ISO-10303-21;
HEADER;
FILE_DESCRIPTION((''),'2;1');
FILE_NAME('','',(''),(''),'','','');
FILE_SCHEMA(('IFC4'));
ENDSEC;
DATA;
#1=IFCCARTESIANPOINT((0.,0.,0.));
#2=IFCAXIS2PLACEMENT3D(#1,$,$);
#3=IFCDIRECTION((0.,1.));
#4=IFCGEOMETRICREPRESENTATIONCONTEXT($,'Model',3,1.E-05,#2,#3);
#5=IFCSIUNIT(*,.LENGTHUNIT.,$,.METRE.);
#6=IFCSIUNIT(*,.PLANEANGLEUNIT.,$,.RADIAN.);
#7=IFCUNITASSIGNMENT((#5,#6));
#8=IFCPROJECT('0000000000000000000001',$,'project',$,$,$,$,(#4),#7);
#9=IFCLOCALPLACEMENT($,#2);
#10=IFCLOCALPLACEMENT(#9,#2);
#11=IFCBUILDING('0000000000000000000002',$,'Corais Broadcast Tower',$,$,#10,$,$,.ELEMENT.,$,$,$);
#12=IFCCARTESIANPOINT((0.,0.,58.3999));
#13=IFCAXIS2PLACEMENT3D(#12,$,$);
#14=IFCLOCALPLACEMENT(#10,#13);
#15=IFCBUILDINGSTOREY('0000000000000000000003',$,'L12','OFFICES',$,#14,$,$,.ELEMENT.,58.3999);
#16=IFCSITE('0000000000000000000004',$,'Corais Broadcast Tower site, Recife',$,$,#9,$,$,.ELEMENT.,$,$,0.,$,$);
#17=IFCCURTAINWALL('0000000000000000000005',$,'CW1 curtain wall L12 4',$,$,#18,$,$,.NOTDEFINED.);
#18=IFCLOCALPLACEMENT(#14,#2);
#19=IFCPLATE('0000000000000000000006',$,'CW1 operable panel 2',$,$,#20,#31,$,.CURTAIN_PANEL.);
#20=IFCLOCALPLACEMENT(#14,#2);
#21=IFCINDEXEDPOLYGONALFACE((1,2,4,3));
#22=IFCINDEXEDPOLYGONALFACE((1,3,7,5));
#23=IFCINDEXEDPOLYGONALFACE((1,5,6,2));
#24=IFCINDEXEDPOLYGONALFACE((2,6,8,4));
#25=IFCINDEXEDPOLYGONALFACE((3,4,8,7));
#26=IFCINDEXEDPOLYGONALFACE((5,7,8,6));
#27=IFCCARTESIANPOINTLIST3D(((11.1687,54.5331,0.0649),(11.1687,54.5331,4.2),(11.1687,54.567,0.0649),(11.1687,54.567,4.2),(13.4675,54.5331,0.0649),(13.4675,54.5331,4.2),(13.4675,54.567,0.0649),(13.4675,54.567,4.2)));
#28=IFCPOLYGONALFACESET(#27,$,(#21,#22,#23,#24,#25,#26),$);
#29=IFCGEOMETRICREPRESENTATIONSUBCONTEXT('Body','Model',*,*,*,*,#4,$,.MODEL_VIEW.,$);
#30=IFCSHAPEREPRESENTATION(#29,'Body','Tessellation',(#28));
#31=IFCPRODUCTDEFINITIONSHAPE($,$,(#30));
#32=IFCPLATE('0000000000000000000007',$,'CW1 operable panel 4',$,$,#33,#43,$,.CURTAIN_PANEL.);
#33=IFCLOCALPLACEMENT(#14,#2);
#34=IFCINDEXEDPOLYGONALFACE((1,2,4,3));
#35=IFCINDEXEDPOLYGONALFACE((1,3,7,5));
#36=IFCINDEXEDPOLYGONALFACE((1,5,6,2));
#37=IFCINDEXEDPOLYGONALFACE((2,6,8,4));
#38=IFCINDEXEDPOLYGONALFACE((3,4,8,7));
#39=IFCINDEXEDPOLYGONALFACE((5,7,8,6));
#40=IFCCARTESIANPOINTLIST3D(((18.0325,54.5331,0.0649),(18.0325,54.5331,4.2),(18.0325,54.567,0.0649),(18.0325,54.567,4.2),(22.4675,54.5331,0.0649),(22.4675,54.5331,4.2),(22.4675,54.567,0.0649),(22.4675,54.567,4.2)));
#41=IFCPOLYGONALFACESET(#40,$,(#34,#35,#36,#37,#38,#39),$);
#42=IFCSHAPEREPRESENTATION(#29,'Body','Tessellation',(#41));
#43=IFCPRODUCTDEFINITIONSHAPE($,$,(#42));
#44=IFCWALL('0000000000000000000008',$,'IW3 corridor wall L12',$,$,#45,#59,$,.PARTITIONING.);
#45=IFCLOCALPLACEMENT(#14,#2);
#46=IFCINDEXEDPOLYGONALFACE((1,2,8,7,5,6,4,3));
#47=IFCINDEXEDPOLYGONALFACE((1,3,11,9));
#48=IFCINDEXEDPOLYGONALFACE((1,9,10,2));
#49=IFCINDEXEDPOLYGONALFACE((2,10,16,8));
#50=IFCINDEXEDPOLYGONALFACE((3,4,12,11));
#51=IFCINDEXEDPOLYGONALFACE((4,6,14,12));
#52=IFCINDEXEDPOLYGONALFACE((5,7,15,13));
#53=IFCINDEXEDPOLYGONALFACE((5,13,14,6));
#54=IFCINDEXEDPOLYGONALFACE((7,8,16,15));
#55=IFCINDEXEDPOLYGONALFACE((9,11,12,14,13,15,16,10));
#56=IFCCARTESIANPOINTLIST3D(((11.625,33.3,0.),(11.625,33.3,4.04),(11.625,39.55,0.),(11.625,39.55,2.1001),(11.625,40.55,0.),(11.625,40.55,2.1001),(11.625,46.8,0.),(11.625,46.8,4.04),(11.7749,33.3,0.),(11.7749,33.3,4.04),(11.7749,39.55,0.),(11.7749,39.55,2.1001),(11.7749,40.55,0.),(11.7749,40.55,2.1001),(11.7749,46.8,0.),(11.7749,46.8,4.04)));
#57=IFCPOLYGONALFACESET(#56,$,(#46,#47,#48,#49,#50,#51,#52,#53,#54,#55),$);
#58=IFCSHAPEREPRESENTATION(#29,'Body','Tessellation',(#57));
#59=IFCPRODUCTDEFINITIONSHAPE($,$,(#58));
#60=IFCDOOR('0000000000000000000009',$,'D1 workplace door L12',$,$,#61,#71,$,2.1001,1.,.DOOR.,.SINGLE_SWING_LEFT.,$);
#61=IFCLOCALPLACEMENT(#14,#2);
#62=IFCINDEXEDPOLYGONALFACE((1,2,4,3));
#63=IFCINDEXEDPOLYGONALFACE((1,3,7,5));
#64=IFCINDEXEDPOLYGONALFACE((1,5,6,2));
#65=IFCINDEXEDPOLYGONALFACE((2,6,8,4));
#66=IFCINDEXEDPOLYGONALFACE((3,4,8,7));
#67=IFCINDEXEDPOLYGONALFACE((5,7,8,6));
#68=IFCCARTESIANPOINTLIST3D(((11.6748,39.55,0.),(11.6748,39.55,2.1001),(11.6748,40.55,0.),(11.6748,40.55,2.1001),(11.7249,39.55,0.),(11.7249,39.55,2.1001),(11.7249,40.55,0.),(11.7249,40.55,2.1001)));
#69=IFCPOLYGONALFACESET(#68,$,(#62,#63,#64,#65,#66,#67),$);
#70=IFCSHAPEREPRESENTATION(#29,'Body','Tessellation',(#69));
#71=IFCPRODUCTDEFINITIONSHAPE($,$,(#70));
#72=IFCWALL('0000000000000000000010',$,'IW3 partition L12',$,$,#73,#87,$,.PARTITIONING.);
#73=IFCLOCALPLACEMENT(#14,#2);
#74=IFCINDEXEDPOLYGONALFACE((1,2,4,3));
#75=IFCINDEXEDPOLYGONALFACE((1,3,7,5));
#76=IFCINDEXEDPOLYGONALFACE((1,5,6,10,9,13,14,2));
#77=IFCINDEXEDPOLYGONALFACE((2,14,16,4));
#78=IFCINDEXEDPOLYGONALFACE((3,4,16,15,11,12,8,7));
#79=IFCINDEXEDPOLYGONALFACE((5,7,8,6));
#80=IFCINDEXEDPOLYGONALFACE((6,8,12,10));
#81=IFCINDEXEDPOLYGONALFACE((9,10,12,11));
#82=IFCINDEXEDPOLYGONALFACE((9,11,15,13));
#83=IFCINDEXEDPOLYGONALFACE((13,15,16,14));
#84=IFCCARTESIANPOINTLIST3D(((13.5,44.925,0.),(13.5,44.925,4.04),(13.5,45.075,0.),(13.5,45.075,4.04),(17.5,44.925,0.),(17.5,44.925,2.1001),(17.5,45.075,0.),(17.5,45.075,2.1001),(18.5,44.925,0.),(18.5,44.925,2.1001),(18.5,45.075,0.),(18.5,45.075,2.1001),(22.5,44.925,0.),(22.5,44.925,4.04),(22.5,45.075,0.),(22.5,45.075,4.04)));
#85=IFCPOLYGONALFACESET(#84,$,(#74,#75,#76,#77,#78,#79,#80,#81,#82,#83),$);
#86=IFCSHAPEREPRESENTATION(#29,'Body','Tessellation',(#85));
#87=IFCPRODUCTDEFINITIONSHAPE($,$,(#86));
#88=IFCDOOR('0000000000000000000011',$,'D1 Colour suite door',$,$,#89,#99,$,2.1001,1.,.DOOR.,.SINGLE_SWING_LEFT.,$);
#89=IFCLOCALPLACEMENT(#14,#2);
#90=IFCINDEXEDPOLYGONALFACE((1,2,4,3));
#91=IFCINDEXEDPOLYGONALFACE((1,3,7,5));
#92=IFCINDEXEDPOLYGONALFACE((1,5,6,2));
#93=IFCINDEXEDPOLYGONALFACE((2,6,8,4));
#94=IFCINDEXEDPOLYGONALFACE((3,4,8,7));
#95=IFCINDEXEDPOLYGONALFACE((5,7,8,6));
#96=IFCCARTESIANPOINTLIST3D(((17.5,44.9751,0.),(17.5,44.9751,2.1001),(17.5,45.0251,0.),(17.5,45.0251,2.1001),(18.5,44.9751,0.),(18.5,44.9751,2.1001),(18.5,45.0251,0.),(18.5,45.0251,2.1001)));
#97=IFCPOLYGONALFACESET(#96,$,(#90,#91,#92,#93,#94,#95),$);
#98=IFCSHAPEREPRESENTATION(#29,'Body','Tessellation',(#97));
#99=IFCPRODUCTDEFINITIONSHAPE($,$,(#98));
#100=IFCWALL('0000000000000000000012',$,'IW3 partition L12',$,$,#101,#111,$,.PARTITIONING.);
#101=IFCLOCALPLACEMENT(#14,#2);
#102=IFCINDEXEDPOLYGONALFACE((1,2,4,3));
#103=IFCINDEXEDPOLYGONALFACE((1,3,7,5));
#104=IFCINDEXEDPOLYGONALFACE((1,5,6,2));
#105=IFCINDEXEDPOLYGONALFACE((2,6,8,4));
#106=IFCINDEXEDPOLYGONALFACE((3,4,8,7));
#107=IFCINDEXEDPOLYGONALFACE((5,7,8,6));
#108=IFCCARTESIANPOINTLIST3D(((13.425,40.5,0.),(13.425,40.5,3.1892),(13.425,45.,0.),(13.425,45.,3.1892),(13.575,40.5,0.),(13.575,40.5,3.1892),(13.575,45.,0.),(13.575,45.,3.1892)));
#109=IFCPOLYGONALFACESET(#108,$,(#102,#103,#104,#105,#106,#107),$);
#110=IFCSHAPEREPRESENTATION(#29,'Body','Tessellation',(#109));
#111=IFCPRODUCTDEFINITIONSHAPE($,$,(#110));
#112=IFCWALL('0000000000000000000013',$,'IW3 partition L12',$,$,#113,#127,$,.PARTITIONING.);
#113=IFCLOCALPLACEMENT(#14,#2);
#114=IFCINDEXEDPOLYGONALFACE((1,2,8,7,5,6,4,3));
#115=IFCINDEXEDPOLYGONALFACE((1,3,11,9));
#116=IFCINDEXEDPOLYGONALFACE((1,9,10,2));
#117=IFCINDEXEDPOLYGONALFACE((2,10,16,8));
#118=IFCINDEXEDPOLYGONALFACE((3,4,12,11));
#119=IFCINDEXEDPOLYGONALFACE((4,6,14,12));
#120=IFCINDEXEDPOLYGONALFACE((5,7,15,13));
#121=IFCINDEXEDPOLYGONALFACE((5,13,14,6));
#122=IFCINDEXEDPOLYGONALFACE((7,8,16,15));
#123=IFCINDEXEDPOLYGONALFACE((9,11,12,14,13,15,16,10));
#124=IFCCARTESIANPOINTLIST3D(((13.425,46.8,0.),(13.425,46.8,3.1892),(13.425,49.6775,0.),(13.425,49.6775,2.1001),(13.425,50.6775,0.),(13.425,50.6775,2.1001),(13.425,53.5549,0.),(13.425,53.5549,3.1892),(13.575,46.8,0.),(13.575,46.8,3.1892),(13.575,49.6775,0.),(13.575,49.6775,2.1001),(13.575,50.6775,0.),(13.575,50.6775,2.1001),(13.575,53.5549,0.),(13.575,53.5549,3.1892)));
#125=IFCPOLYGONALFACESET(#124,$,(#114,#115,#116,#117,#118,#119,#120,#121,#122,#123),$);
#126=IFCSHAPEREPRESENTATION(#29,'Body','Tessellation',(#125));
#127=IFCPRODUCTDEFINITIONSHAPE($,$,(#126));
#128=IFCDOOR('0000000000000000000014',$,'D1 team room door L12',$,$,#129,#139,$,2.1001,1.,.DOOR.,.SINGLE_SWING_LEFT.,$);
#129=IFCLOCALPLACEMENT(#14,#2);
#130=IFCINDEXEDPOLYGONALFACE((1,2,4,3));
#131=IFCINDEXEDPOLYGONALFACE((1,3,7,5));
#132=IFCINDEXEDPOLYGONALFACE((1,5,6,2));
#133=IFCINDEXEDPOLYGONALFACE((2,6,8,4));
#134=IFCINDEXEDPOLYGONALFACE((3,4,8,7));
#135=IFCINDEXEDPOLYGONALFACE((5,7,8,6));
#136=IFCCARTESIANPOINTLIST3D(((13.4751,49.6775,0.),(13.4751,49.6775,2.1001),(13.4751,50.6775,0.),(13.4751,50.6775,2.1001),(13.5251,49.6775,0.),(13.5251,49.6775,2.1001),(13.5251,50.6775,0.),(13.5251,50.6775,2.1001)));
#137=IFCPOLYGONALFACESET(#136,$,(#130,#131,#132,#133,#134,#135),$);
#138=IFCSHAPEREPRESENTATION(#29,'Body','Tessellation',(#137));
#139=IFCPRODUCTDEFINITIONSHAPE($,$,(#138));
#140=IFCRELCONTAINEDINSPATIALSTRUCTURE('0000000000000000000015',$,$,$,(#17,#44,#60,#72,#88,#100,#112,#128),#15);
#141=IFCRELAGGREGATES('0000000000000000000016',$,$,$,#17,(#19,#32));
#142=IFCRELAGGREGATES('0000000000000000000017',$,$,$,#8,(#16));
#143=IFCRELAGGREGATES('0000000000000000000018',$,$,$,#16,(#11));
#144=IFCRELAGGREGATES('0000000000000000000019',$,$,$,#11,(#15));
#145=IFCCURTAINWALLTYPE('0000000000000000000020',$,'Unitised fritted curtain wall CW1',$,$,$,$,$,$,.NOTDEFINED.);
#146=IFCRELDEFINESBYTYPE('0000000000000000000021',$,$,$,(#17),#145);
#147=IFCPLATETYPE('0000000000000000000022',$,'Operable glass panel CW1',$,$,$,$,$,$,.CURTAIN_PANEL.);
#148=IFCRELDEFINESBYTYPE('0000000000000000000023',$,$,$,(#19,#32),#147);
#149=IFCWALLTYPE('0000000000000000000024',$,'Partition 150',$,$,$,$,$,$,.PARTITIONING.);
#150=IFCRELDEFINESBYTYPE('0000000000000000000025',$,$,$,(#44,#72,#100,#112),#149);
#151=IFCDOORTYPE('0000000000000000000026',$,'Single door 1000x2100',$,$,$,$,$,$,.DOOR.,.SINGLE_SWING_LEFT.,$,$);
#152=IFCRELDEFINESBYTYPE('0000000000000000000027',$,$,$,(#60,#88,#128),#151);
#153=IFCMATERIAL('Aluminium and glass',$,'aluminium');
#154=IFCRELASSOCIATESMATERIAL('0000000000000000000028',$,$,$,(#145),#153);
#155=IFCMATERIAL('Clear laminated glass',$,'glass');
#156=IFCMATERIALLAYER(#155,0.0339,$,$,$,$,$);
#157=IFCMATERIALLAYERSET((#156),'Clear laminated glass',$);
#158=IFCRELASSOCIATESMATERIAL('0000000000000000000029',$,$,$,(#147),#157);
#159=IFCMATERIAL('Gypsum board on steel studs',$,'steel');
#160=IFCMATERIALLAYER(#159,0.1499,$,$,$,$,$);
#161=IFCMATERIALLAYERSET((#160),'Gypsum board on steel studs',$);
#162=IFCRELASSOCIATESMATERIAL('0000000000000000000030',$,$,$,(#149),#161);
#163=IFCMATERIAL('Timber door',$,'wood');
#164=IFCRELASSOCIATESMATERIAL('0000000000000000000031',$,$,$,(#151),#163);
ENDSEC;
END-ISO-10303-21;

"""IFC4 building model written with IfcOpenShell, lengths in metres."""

from ifc_helpers import new_model, si_unit, direction, frame, frame_2d, origin, origin_2d, place, context, subcontext, project, spatial, rectangle, extrude, material, layer, layer_set, type_object, element, fill, aggregate, save


model = new_model("IFC4")

# Units and contexts
model_context = context("Model", 3, precision=1e-05, world=origin(), true_north=direction((0.0, 1.0)))
body_context = subcontext(model_context, "Body", "Model", "MODEL_VIEW")
ifc_project = project(units=[si_unit("LENGTHUNIT", "METRE"), si_unit("PLANEANGLEUNIT", "RADIAN")], contexts=[model_context])

# Site, building, storey
site_placement = place(None, origin())
site = spatial("IfcSite", under=ifc_project, at=site_placement, Name="Corais Broadcast Tower site, Recife", CompositionType="ELEMENT", RefElevation=0.0)
building_placement = place(site_placement, origin())
building = spatial("IfcBuilding", under=site, at=building_placement, Name="Corais Broadcast Tower", CompositionType="ELEMENT")
storey_placement = place(building_placement, frame((0.0, 0.0, 58.3999)))
storey = spatial("IfcBuildingStorey", under=building, at=storey_placement, Name="L12", Description="OFFICES", CompositionType="ELEMENT", Elevation=58.3999)

# Curtain wall
ifc_material_1 = material(Name="Aluminium and glass", Category="aluminium")
curtain_wall_type = type_object("IfcCurtainWallType", Name="Unitised fritted curtain wall CW1", PredefinedType="NOTDEFINED", material=ifc_material_1)
curtain_wall_placement = place(storey_placement, origin())
curtain_wall = element("IfcCurtainWall", 1, at=curtain_wall_placement, inside=storey, type_object=curtain_wall_type, Name="CW1 curtain wall L12 4", PredefinedType="NOTDEFINED")

# Plates
ifc_material_2 = material(Name="Clear laminated glass", Category="glass")
ifc_layer_1 = layer(ifc_material_2, 0.0339)
ifc_layer_set_1 = layer_set([ifc_layer_1], Name="Clear laminated glass")
plate_type_1 = type_object("IfcPlateType", Name="Operable glass panel CW1", PredefinedType="CURTAIN_PANEL", material=ifc_layer_set_1)
plate_1_placement = place(storey_placement, frame((12.3181, 54.55, 0.0649), z_axis=(0.0, 0.0, 1.0), x_axis=(1.0, 0.0, 0.0)))
plate_1 = element("IfcPlate", 2, at=plate_1_placement, type_object=plate_type_1, Name="CW1 operable panel 2", PredefinedType="CURTAIN_PANEL", context=body_context, shape_type="SweptSolid", body=[
    extrude(rectangle(XDim=2.2988, YDim=0.0339, at=origin_2d()), origin(), (0.0, 0.0, 1.0), 4.135),
])
plate_2_placement = place(storey_placement, frame((20.25, 54.55, 0.0649), z_axis=(0.0, 0.0, 1.0), x_axis=(1.0, 0.0, 0.0)))
plate_2 = element("IfcPlate", 3, at=plate_2_placement, type_object=plate_type_1, Name="CW1 operable panel 4", PredefinedType="CURTAIN_PANEL", context=body_context, shape_type="SweptSolid", body=[
    extrude(rectangle(XDim=4.4351, YDim=0.0339, at=origin_2d()), origin(), (0.0, 0.0, 1.0), 4.135),
])
aggregate(curtain_wall, [plate_1, plate_2])

# Walls, openings, doors
ifc_material_3 = material(Name="Gypsum board on steel studs", Category="steel")
ifc_layer_2 = layer(ifc_material_3, 0.1499)
ifc_layer_set_2 = layer_set([ifc_layer_2], Name="Gypsum board on steel studs")
wall_type = type_object("IfcWallType", Name="Partition 150", PredefinedType="PARTITIONING", material=ifc_layer_set_2)
wall_1_placement = place(storey_placement, frame((11.7, 46.8, 0.0), z_axis=(0.0, 0.0, 1.0), x_axis=(0.0, -1.0, 0.0)))
wall_1 = element("IfcWall", 4, at=wall_1_placement, inside=storey, type_object=wall_type, Name="IW3 corridor wall L12", PredefinedType="PARTITIONING", context=body_context, shape_type="SweptSolid", body=[
    extrude(rectangle(XDim=13.5, YDim=0.1499, at=frame_2d((6.75, 0.0))), origin(), (0.0, 0.0, 1.0), 4.04),
])
opening_1_placement = place(wall_1_placement, frame((6.25, 0.0, 0.0)))
opening_1 = element("IfcOpeningElement", 5, at=opening_1_placement, cuts=wall_1, PredefinedType="OPENING", context=body_context, shape_type="SweptSolid", body=[
    extrude(rectangle(XDim=1.0, YDim=2.1001, at=frame_2d((0.5, 1.05))), frame((0.0, 0.085, 0.0), z_axis=(0.0, -1.0, 0.0), x_axis=(1.0, 0.0, 0.0)), (0.0, 0.0, 1.0), 0.1699),
])
ifc_material_4 = material(Name="Timber door", Category="wood")
door_type = type_object("IfcDoorType", Name="Single door 1000x2100", OperationType="SINGLE_SWING_LEFT", PredefinedType="DOOR", material=ifc_material_4)
door_1_placement = place(opening_1_placement, origin())
door_1 = element("IfcDoor", 6, at=door_1_placement, inside=storey, type_object=door_type, Name="D1 workplace door L12", OperationType="SINGLE_SWING_LEFT", OverallHeight=2.1001, OverallWidth=1.0, PredefinedType="DOOR", context=body_context, shape_type="SweptSolid", body=[
    extrude(rectangle(XDim=1.0, YDim=2.1001, at=frame_2d((0.5, 1.05))), frame((0.0, 0.0249, 0.0), z_axis=(0.0, -1.0, 0.0), x_axis=(1.0, 0.0, 0.0)), (0.0, 0.0, 1.0), 0.05),
])
fill(opening_1, door_1)
wall_2_placement = place(storey_placement, frame((22.5, 45.0, 0.0), z_axis=(0.0, 0.0, 1.0), x_axis=(-1.0, 0.0, 0.0)))
wall_2 = element("IfcWall", 7, at=wall_2_placement, inside=storey, type_object=wall_type, Name="IW3 partition L12", PredefinedType="PARTITIONING", context=body_context, shape_type="SweptSolid", body=[
    extrude(rectangle(XDim=9.0, YDim=0.1499, at=frame_2d((4.5, 0.0))), origin(), (0.0, 0.0, 1.0), 4.04),
])
opening_2_placement = place(wall_2_placement, frame((4.0, 0.0, 0.0)))
opening_2 = element("IfcOpeningElement", 8, at=opening_2_placement, cuts=wall_2, PredefinedType="OPENING", context=body_context, shape_type="SweptSolid", body=[
    extrude(rectangle(XDim=1.0, YDim=2.1001, at=frame_2d((0.5, 1.05))), frame((0.0, 0.085, 0.0), z_axis=(0.0, -1.0, 0.0), x_axis=(1.0, 0.0, 0.0)), (0.0, 0.0, 1.0), 0.1699),
])
door_2_placement = place(opening_2_placement, origin())
door_2 = element("IfcDoor", 9, at=door_2_placement, inside=storey, type_object=door_type, Name="D1 Colour suite door", OperationType="SINGLE_SWING_LEFT", OverallHeight=2.1001, OverallWidth=1.0, PredefinedType="DOOR", context=body_context, shape_type="SweptSolid", body=[
    extrude(rectangle(XDim=1.0, YDim=2.1001, at=frame_2d((0.5, 1.05))), frame((0.0, 0.0249, 0.0), z_axis=(0.0, -1.0, 0.0), x_axis=(1.0, 0.0, 0.0)), (0.0, 0.0, 1.0), 0.05),
])
fill(opening_2, door_2)

# Wall
wall_3_placement = place(storey_placement, frame((13.5, 45.0, 0.0), z_axis=(0.0, 0.0, 1.0), x_axis=(0.0, -1.0, 0.0)))
element("IfcWall", 10, at=wall_3_placement, inside=storey, type_object=wall_type, Name="IW3 partition L12", PredefinedType="PARTITIONING", context=body_context, shape_type="SweptSolid", body=[
    extrude(rectangle(XDim=4.5, YDim=0.1499, at=frame_2d((2.25, 0.0))), origin(), (0.0, 0.0, 1.0), 3.1892),
])

# Wall, opening, door
wall_4_placement = place(storey_placement, frame((13.5, 46.8, 0.0), z_axis=(0.0, 0.0, 1.0), x_axis=(0.0, 1.0, 0.0)))
wall_4 = element("IfcWall", 11, at=wall_4_placement, inside=storey, type_object=wall_type, Name="IW3 partition L12", PredefinedType="PARTITIONING", context=body_context, shape_type="SweptSolid", body=[
    extrude(rectangle(XDim=6.7549, YDim=0.1499, at=frame_2d((3.3774, 0.0))), origin(), (0.0, 0.0, 1.0), 3.1892),
])
opening_3_placement = place(wall_4_placement, frame((2.8774, 0.0, 0.0)))
opening_3 = element("IfcOpeningElement", 12, at=opening_3_placement, cuts=wall_4, PredefinedType="OPENING", context=body_context, shape_type="SweptSolid", body=[
    extrude(rectangle(XDim=1.0, YDim=2.1001, at=frame_2d((0.5, 1.05))), frame((0.0, 0.085, 0.0), z_axis=(0.0, -1.0, 0.0), x_axis=(1.0, 0.0, 0.0)), (0.0, 0.0, 1.0), 0.1699),
])
door_3_placement = place(opening_3_placement, origin())
door_3 = element("IfcDoor", 13, at=door_3_placement, inside=storey, type_object=door_type, Name="D1 team room door L12", OperationType="SINGLE_SWING_LEFT", OverallHeight=2.1001, OverallWidth=1.0, PredefinedType="DOOR", context=body_context, shape_type="SweptSolid", body=[
    extrude(rectangle(XDim=1.0, YDim=2.1001, at=frame_2d((0.5, 1.05))), frame((0.0, 0.0249, 0.0), z_axis=(0.0, -1.0, 0.0), x_axis=(1.0, 0.0, 0.0)), (0.0, 0.0, 1.0), 0.05),
])
fill(opening_3, door_3)

save(model, "model.ifc")
